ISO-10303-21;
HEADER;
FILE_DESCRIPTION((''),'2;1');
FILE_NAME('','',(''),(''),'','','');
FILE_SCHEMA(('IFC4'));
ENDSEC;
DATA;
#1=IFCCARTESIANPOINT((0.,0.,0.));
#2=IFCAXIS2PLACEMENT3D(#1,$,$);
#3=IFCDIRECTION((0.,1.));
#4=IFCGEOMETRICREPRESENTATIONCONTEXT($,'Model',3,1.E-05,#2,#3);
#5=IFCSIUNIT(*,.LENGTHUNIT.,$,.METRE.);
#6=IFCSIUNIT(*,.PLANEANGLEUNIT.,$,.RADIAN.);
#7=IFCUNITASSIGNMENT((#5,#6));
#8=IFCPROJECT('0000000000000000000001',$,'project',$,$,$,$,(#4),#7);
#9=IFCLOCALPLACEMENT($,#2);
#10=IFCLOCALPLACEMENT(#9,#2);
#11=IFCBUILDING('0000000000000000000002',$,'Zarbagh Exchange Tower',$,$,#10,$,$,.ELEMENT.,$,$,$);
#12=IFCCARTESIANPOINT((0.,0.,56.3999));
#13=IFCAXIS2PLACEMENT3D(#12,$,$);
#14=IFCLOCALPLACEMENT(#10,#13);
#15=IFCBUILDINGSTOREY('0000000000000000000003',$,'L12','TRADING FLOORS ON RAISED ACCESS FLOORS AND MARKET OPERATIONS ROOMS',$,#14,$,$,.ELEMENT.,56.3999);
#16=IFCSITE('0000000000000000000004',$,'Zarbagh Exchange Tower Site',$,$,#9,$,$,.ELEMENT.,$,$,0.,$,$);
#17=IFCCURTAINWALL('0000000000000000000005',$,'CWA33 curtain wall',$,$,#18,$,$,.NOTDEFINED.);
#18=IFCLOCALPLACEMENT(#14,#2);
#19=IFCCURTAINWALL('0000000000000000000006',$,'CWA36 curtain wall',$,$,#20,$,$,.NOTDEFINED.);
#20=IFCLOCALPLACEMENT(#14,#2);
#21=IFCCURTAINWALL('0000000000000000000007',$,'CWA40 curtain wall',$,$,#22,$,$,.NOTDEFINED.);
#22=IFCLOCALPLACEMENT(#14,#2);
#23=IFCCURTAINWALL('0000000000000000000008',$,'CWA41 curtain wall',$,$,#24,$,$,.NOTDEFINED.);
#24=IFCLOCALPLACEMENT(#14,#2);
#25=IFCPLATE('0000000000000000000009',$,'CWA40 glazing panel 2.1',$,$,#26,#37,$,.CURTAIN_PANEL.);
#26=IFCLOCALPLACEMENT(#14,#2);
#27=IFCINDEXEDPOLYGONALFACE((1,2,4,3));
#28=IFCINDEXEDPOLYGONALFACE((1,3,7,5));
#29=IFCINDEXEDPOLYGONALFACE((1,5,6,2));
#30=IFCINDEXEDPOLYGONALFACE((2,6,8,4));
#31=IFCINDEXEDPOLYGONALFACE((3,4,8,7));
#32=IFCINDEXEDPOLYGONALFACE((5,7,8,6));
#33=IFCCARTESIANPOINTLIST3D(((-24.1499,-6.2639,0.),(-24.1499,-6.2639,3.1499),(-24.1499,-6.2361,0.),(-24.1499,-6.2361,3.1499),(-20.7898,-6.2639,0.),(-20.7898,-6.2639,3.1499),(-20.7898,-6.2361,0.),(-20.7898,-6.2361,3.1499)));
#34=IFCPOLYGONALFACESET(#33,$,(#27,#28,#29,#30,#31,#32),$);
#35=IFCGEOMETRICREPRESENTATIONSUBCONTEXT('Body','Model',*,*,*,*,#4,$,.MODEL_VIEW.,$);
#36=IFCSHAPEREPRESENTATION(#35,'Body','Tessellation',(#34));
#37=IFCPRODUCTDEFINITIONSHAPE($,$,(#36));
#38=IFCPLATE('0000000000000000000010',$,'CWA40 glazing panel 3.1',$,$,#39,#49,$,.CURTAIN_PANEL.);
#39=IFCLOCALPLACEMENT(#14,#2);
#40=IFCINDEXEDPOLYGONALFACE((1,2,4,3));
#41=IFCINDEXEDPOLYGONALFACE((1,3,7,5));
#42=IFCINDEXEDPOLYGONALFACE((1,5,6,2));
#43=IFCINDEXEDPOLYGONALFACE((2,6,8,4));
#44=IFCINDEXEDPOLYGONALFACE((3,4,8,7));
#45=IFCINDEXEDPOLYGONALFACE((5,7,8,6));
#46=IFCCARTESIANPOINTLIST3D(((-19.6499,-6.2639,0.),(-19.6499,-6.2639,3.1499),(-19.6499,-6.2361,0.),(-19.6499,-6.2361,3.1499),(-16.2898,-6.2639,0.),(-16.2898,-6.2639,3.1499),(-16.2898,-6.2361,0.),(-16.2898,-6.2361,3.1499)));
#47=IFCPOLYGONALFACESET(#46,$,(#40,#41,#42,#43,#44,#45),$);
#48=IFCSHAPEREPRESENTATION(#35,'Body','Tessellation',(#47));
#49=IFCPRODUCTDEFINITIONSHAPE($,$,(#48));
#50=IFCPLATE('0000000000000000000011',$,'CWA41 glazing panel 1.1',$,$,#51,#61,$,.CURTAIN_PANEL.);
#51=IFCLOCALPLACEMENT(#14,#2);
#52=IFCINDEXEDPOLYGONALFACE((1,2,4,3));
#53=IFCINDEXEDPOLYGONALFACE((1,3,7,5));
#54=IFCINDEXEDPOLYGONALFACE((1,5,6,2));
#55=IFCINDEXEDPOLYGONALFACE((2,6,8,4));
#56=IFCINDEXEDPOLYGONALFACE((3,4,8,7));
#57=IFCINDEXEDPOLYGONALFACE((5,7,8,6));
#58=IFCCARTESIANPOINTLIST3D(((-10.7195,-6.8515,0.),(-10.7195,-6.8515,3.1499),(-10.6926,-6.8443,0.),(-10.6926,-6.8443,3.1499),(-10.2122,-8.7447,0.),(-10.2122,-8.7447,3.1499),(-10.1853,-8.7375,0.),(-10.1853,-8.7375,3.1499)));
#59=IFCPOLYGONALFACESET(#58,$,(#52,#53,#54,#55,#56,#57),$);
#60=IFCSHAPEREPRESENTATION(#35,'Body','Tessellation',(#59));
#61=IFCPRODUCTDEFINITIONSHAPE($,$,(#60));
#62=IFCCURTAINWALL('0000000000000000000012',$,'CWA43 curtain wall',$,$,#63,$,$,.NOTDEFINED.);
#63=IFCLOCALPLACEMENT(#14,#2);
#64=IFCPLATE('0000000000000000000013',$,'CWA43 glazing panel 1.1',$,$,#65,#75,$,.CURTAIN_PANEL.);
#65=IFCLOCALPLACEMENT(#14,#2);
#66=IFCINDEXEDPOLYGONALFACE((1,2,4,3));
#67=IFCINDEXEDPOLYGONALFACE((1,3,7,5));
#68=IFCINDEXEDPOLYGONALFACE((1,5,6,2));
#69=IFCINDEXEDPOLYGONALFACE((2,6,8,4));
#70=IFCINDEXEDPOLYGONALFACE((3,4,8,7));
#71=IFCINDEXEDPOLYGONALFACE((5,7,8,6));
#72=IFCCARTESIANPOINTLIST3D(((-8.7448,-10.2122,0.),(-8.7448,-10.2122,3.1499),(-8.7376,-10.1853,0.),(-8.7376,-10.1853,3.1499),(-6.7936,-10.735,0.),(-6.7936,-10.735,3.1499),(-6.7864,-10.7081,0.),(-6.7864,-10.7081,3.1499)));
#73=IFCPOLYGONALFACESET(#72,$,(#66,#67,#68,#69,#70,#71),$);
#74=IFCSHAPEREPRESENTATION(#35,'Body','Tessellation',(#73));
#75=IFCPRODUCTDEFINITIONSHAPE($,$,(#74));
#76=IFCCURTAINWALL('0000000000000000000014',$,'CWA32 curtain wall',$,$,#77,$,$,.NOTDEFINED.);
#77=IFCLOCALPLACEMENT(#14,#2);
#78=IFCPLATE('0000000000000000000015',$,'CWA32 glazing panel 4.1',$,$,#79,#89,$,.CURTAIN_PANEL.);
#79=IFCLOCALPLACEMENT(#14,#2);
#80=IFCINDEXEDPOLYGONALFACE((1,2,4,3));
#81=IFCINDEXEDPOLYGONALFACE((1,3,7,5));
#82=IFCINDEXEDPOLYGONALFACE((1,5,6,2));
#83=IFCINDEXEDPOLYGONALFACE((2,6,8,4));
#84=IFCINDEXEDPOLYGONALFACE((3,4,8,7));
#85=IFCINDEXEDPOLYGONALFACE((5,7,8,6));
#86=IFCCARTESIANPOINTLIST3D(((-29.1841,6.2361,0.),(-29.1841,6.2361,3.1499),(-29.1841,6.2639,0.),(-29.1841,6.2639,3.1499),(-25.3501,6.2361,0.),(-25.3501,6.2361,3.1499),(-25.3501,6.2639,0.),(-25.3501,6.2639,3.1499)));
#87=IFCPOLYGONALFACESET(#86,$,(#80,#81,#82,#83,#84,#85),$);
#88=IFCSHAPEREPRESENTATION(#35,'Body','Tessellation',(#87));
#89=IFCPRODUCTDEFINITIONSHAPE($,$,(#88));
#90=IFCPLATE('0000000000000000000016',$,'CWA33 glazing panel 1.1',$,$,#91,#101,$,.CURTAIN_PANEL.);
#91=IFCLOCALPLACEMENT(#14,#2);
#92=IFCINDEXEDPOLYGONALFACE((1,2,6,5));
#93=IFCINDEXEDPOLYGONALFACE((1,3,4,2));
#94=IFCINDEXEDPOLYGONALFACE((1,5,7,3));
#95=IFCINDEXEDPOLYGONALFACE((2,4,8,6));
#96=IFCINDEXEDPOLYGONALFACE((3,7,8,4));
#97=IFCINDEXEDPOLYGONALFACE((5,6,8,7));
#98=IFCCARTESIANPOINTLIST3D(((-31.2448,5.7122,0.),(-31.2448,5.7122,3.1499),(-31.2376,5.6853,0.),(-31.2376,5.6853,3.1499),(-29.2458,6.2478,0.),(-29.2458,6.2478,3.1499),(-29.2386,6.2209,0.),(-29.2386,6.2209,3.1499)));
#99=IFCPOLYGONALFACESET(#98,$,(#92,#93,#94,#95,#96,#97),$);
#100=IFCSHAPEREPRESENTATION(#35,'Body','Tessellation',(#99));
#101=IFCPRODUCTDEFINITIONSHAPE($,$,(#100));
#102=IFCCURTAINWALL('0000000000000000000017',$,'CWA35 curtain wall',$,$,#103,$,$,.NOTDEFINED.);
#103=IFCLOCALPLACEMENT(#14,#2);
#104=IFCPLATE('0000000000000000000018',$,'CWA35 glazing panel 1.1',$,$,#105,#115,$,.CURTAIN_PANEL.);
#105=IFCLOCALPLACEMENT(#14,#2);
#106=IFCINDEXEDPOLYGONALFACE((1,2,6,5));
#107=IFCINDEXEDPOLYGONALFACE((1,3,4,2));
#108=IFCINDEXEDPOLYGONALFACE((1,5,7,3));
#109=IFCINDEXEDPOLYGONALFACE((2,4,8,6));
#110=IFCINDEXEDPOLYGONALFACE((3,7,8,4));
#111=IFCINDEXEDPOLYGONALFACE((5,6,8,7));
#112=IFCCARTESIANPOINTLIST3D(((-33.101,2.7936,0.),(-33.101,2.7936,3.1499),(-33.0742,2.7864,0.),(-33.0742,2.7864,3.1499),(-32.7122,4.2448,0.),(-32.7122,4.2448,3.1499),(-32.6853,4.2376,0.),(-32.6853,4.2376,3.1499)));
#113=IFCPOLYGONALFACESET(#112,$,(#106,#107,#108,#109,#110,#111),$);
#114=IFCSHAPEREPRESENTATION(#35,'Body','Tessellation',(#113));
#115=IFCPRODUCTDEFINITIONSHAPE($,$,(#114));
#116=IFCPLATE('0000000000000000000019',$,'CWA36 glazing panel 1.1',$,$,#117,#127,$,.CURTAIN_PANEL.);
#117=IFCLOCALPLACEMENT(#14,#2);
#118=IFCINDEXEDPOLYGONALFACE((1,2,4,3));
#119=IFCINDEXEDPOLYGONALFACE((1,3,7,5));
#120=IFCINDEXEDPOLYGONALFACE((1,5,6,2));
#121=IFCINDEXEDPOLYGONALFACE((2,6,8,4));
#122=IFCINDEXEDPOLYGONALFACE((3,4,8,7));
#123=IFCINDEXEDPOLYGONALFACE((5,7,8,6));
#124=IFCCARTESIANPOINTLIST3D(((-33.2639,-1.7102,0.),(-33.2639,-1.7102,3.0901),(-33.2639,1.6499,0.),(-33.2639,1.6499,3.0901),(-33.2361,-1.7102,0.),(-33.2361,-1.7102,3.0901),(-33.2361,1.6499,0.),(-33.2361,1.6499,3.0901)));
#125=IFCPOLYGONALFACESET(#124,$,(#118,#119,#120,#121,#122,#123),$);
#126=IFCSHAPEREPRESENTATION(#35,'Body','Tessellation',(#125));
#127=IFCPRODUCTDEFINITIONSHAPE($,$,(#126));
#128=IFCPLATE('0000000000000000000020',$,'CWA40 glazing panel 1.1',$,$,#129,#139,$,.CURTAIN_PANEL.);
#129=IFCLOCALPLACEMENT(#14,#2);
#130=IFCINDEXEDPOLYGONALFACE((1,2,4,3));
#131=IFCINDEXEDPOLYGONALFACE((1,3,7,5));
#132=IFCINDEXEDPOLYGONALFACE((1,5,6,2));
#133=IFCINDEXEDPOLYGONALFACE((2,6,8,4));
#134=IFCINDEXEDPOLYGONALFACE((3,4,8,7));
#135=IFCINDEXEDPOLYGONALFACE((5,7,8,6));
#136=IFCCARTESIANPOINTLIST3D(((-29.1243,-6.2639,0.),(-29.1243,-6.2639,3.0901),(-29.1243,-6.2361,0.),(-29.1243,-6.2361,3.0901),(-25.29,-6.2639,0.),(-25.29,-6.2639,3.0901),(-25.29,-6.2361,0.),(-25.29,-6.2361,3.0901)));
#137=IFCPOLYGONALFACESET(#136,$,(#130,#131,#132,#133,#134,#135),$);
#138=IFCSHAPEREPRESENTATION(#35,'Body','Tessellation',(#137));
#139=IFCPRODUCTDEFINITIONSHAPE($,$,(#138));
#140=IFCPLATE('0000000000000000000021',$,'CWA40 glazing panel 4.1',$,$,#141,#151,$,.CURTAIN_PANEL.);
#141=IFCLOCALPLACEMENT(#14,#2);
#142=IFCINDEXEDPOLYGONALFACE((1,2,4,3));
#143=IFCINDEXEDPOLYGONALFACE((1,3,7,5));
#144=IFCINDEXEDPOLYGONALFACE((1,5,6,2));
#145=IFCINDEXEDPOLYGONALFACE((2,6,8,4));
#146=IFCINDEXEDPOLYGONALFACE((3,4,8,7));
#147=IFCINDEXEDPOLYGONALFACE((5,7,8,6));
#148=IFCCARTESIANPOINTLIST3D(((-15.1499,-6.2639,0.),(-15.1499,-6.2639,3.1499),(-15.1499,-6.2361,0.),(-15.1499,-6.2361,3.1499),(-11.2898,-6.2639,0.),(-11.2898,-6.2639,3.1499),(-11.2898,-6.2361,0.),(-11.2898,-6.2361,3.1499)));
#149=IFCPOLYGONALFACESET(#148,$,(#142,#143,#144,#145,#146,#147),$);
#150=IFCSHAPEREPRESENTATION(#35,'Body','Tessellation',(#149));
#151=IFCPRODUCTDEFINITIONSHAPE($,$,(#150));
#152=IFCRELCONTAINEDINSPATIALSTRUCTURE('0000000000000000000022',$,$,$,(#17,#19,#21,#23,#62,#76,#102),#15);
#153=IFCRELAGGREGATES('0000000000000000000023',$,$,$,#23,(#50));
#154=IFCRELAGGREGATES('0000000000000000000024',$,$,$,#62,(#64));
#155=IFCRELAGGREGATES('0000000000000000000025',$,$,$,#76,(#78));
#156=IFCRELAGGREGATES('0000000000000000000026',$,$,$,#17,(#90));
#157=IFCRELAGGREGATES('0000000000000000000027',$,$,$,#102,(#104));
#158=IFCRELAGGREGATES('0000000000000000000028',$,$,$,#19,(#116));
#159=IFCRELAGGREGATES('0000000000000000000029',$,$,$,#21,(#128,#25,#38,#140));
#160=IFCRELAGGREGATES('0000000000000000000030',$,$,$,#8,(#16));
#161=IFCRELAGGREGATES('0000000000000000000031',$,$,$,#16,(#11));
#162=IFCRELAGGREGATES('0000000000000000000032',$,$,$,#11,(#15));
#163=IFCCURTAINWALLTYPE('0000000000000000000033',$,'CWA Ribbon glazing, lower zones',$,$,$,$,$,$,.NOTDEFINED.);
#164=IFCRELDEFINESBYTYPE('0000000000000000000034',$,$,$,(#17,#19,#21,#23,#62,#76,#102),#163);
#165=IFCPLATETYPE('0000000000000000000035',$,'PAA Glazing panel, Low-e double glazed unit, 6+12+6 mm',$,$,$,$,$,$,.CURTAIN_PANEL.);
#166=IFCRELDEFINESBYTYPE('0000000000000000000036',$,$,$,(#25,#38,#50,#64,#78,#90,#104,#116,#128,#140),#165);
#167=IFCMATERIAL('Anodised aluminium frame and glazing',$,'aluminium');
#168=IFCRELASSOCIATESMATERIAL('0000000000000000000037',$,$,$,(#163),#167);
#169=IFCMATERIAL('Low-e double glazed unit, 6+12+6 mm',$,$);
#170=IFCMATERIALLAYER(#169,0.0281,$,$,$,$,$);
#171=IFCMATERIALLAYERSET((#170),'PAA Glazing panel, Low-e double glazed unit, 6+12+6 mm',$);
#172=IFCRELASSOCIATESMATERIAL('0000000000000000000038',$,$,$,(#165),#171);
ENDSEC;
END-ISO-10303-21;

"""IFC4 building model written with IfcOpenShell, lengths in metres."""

from ifc_helpers import new_model, si_unit, direction, frame, origin, place, context, subcontext, project, spatial, polyline, outline, extrude, source, transform, mapped, material, layer, layer_set, type_object, element, aggregate, save


model = new_model("IFC4")

# Units and contexts
model_context = context("Model", 3, precision=1e-05, world=origin(), true_north=direction((0.0, 1.0)))
body_context = subcontext(model_context, "Body", "Model", "MODEL_VIEW")
ifc_project = project(units=[si_unit("LENGTHUNIT", "METRE"), si_unit("PLANEANGLEUNIT", "RADIAN")], contexts=[model_context])

# Site, building, storey
site_placement = place(None, origin())
site = spatial("IfcSite", under=ifc_project, at=site_placement, Name="Zarbagh Exchange Tower Site", CompositionType="ELEMENT", RefElevation=0.0)
building_placement = place(site_placement, origin())
building = spatial("IfcBuilding", under=site, at=building_placement, Name="Zarbagh Exchange Tower", CompositionType="ELEMENT")
storey_placement = place(building_placement, frame((0.0, 0.0, 56.3999)))
storey = spatial("IfcBuildingStorey", under=building, at=storey_placement, Name="L12", Description="TRADING FLOORS ON RAISED ACCESS FLOORS AND MARKET OPERATIONS ROOMS", CompositionType="ELEMENT", Elevation=56.3999)

# Curtain walls
ifc_material_1 = material(Name="Anodised aluminium frame and glazing", Category="aluminium")
curtain_wall_type = type_object("IfcCurtainWallType", Name="CWA Ribbon glazing, lower zones", PredefinedType="NOTDEFINED", material=ifc_material_1)
curtain_wall_1_placement = place(storey_placement, origin())
curtain_wall_1 = element("IfcCurtainWall", 1, at=curtain_wall_1_placement, inside=storey, type_object=curtain_wall_type, Name="CWA33 curtain wall", PredefinedType="NOTDEFINED")
placement = place(storey_placement, origin())
curtain_wall_2_placement = place(storey_placement, origin())
curtain_wall_2 = element("IfcCurtainWall", 2, at=curtain_wall_2_placement, inside=storey, type_object=curtain_wall_type, Name="CWA36 curtain wall", PredefinedType="NOTDEFINED")

# Curtain wall
curtain_wall_3_placement = place(storey_placement, origin())
curtain_wall_3 = element("IfcCurtainWall", 3, at=curtain_wall_3_placement, inside=storey, type_object=curtain_wall_type, Name="CWA40 curtain wall", PredefinedType="NOTDEFINED")

# Curtain wall
curtain_wall_4_placement = place(storey_placement, origin())
curtain_wall_4 = element("IfcCurtainWall", 4, at=curtain_wall_4_placement, inside=storey, type_object=curtain_wall_type, Name="CWA41 curtain wall", PredefinedType="NOTDEFINED")

# Shared definitions
ifc_material_2 = material(Name="Low-e double glazed unit, 6+12+6 mm")
ifc_layer = layer(ifc_material_2, 0.0281)
ifc_layer_set = layer_set([ifc_layer], Name="PAA Glazing panel, Low-e double glazed unit, 6+12+6 mm")
plate_type = type_object("IfcPlateType", Name="PAA Glazing panel, Low-e double glazed unit, 6+12+6 mm", PredefinedType="CURTAIN_PANEL", material=ifc_layer_set)

# Plates
shared_shape_1 = source(origin(), body_context, "Body", "SweptSolid", [
    extrude(outline(polyline([(0.0, -0.0139), (3.3601, -0.0139), (3.3601, 0.0139), (0.0, 0.0139), (0.0, -0.0139)])), origin(), (0.0, 0.0, 1.0), 3.1499),
])
plate_1 = element("IfcPlate", 5, at=placement, type_object=plate_type, Name="CWA40 glazing panel 2.1", PredefinedType="CURTAIN_PANEL", context=body_context, shape_type="MappedRepresentation", body=[
    mapped(shared_shape_1, transform((-24.1499, -6.25, 0.0), x_axis=(1.0, 0.0, 0.0), y_axis=(0.0, 1.0, 0.0), z_axis=(0.0, 0.0, 1.0))),
])
plate_2 = element("IfcPlate", 6, at=placement, type_object=plate_type, Name="CWA40 glazing panel 3.1", PredefinedType="CURTAIN_PANEL", context=body_context, shape_type="MappedRepresentation", body=[
    mapped(shared_shape_1, transform((-19.6499, -6.25, 0.0), x_axis=(1.0, 0.0, 0.0), y_axis=(0.0, 1.0, 0.0), z_axis=(0.0, 0.0, 1.0))),
])
shared_shape_2 = source(origin(), body_context, "Body", "SweptSolid", [
    extrude(outline(polyline([(0.0, -0.0139), (1.96, -0.0139), (1.96, 0.0139), (0.0, 0.0139), (0.0, -0.0139)])), origin(), (0.0, 0.0, 1.0), 3.1499),
])
plate_3 = element("IfcPlate", 7, at=placement, type_object=plate_type, Name="CWA41 glazing panel 1.1", PredefinedType="CURTAIN_PANEL", context=body_context, shape_type="MappedRepresentation", body=[
    mapped(shared_shape_2, transform((-10.7061, -6.8479, 0.0), x_axis=(0.258825, -0.965924, 0.0), y_axis=(0.965924, 0.258825, 0.0), z_axis=(0.0, 0.0, 1.0))),
])
aggregate(curtain_wall_4, [plate_3])

# Curtain walls, plates
curtain_wall_5_placement = place(storey_placement, origin())
curtain_wall_5 = element("IfcCurtainWall", 8, at=curtain_wall_5_placement, inside=storey, type_object=curtain_wall_type, Name="CWA43 curtain wall", PredefinedType="NOTDEFINED")
shared_shape_3 = source(origin(), body_context, "Body", "SweptSolid", [
    extrude(outline(polyline([(0.0, -0.0139), (2.02, -0.0139), (2.02, 0.0139), (0.0, 0.0139), (0.0, -0.0139)])), origin(), (0.0, 0.0, 1.0), 3.1499),
])
plate_4 = element("IfcPlate", 9, at=placement, type_object=plate_type, Name="CWA43 glazing panel 1.1", PredefinedType="CURTAIN_PANEL", context=body_context, shape_type="MappedRepresentation", body=[
    mapped(shared_shape_3, transform((-8.7412, -10.1987, 0.0), x_axis=(0.965924, -0.258825, 0.0), y_axis=(0.258825, 0.965924, 0.0), z_axis=(0.0, 0.0, 1.0))),
])
aggregate(curtain_wall_5, [plate_4])
curtain_wall_6_placement = place(storey_placement, origin())
curtain_wall_6 = element("IfcCurtainWall", 10, at=curtain_wall_6_placement, inside=storey, type_object=curtain_wall_type, Name="CWA32 curtain wall", PredefinedType="NOTDEFINED")
shared_shape_4 = source(origin(), body_context, "Body", "SweptSolid", [
    extrude(outline(polyline([(0.0, -0.0139), (3.834, -0.0139), (3.834, 0.0139), (0.0, 0.0139), (0.0, -0.0139)])), origin(), (0.0, 0.0, 1.0), 3.1499),
])
plate_5 = element("IfcPlate", 11, at=placement, type_object=plate_type, Name="CWA32 glazing panel 4.1", PredefinedType="CURTAIN_PANEL", context=body_context, shape_type="MappedRepresentation", body=[
    mapped(shared_shape_4, transform((-25.3501, 6.25, 0.0), x_axis=(-1.0, 0.0, 0.0), y_axis=(0.0, -1.0, 0.0), z_axis=(0.0, 0.0, 1.0))),
])
aggregate(curtain_wall_6, [plate_5])

# Plate
shared_shape_5 = source(origin(), body_context, "Body", "SweptSolid", [
    extrude(outline(polyline([(0.0, -0.0139), (2.0696, -0.0139), (2.0696, 0.0139), (0.0, 0.0139), (0.0, -0.0139)])), origin(), (0.0, 0.0, 1.0), 3.1499),
])
plate_6 = element("IfcPlate", 12, at=placement, type_object=plate_type, Name="CWA33 glazing panel 1.1", PredefinedType="CURTAIN_PANEL", context=body_context, shape_type="MappedRepresentation", body=[
    mapped(shared_shape_5, transform((-29.2422, 6.2344, 0.0), x_axis=(-0.965924, -0.258825, 0.0), y_axis=(0.258825, -0.965924, 0.0), z_axis=(0.0, 0.0, 1.0))),
])
aggregate(curtain_wall_1, [plate_6])

# Curtain wall, plate
curtain_wall_7_placement = place(storey_placement, origin())
curtain_wall_7 = element("IfcCurtainWall", 13, at=curtain_wall_7_placement, inside=storey, type_object=curtain_wall_type, Name="CWA35 curtain wall", PredefinedType="NOTDEFINED")
shared_shape_6 = source(origin(), body_context, "Body", "SweptSolid", [
    extrude(outline(polyline([(0.0, -0.0139), (1.5024, -0.0139), (1.5024, 0.0139), (0.0, 0.0139), (0.0, -0.0139)])), origin(), (0.0, 0.0, 1.0), 3.1499),
])
plate_7 = element("IfcPlate", 14, at=placement, type_object=plate_type, Name="CWA35 glazing panel 1.1", PredefinedType="CURTAIN_PANEL", context=body_context, shape_type="MappedRepresentation", body=[
    mapped(shared_shape_6, transform((-32.6987, 4.2412, 0.0), x_axis=(-0.258825, -0.965924, 0.0), y_axis=(0.965924, -0.258825, 0.0), z_axis=(0.0, 0.0, 1.0))),
])
aggregate(curtain_wall_7, [plate_7])

# Plates
shared_shape_7 = source(origin(), body_context, "Body", "SweptSolid", [
    extrude(outline(polyline([(0.0, -0.0139), (3.3601, -0.0139), (3.3601, 0.0139), (0.0, 0.0139), (0.0, -0.0139)])), origin(), (0.0, 0.0, 1.0), 3.0901),
])
plate_8 = element("IfcPlate", 15, at=placement, type_object=plate_type, Name="CWA36 glazing panel 1.1", PredefinedType="CURTAIN_PANEL", context=body_context, shape_type="MappedRepresentation", body=[
    mapped(shared_shape_7, transform((-33.25, 1.6499, 0.0), x_axis=(0.0, -1.0, 0.0), y_axis=(1.0, 0.0, 0.0), z_axis=(0.0, 0.0, 1.0))),
])
aggregate(curtain_wall_2, [plate_8])
shared_shape_8 = source(origin(), body_context, "Body", "SweptSolid", [
    extrude(outline(polyline([(0.0, -0.0139), (3.8342, -0.0139), (3.8342, 0.0139), (0.0, 0.0139), (0.0, -0.0139)])), origin(), (0.0, 0.0, 1.0), 3.0901),
])
plate_9 = element("IfcPlate", 16, at=placement, type_object=plate_type, Name="CWA40 glazing panel 1.1", PredefinedType="CURTAIN_PANEL", context=body_context, shape_type="MappedRepresentation", body=[
    mapped(shared_shape_8, transform((-29.1243, -6.25, 0.0), x_axis=(1.0, 0.0, 0.0), y_axis=(0.0, 1.0, 0.0), z_axis=(0.0, 0.0, 1.0))),
])
shared_shape_9 = source(origin(), body_context, "Body", "SweptSolid", [
    extrude(outline(polyline([(0.0, -0.0139), (3.8601, -0.0139), (3.8601, 0.0139), (0.0, 0.0139), (0.0, -0.0139)])), origin(), (0.0, 0.0, 1.0), 3.1499),
])
plate_10 = element("IfcPlate", 17, at=placement, type_object=plate_type, Name="CWA40 glazing panel 4.1", PredefinedType="CURTAIN_PANEL", context=body_context, shape_type="MappedRepresentation", body=[
    mapped(shared_shape_9, transform((-15.1499, -6.25, 0.0), x_axis=(1.0, 0.0, 0.0), y_axis=(0.0, 1.0, 0.0), z_axis=(0.0, 0.0, 1.0))),
])
aggregate(curtain_wall_3, [plate_9, plate_1, plate_2, plate_10])

save(model, "model.ifc")
